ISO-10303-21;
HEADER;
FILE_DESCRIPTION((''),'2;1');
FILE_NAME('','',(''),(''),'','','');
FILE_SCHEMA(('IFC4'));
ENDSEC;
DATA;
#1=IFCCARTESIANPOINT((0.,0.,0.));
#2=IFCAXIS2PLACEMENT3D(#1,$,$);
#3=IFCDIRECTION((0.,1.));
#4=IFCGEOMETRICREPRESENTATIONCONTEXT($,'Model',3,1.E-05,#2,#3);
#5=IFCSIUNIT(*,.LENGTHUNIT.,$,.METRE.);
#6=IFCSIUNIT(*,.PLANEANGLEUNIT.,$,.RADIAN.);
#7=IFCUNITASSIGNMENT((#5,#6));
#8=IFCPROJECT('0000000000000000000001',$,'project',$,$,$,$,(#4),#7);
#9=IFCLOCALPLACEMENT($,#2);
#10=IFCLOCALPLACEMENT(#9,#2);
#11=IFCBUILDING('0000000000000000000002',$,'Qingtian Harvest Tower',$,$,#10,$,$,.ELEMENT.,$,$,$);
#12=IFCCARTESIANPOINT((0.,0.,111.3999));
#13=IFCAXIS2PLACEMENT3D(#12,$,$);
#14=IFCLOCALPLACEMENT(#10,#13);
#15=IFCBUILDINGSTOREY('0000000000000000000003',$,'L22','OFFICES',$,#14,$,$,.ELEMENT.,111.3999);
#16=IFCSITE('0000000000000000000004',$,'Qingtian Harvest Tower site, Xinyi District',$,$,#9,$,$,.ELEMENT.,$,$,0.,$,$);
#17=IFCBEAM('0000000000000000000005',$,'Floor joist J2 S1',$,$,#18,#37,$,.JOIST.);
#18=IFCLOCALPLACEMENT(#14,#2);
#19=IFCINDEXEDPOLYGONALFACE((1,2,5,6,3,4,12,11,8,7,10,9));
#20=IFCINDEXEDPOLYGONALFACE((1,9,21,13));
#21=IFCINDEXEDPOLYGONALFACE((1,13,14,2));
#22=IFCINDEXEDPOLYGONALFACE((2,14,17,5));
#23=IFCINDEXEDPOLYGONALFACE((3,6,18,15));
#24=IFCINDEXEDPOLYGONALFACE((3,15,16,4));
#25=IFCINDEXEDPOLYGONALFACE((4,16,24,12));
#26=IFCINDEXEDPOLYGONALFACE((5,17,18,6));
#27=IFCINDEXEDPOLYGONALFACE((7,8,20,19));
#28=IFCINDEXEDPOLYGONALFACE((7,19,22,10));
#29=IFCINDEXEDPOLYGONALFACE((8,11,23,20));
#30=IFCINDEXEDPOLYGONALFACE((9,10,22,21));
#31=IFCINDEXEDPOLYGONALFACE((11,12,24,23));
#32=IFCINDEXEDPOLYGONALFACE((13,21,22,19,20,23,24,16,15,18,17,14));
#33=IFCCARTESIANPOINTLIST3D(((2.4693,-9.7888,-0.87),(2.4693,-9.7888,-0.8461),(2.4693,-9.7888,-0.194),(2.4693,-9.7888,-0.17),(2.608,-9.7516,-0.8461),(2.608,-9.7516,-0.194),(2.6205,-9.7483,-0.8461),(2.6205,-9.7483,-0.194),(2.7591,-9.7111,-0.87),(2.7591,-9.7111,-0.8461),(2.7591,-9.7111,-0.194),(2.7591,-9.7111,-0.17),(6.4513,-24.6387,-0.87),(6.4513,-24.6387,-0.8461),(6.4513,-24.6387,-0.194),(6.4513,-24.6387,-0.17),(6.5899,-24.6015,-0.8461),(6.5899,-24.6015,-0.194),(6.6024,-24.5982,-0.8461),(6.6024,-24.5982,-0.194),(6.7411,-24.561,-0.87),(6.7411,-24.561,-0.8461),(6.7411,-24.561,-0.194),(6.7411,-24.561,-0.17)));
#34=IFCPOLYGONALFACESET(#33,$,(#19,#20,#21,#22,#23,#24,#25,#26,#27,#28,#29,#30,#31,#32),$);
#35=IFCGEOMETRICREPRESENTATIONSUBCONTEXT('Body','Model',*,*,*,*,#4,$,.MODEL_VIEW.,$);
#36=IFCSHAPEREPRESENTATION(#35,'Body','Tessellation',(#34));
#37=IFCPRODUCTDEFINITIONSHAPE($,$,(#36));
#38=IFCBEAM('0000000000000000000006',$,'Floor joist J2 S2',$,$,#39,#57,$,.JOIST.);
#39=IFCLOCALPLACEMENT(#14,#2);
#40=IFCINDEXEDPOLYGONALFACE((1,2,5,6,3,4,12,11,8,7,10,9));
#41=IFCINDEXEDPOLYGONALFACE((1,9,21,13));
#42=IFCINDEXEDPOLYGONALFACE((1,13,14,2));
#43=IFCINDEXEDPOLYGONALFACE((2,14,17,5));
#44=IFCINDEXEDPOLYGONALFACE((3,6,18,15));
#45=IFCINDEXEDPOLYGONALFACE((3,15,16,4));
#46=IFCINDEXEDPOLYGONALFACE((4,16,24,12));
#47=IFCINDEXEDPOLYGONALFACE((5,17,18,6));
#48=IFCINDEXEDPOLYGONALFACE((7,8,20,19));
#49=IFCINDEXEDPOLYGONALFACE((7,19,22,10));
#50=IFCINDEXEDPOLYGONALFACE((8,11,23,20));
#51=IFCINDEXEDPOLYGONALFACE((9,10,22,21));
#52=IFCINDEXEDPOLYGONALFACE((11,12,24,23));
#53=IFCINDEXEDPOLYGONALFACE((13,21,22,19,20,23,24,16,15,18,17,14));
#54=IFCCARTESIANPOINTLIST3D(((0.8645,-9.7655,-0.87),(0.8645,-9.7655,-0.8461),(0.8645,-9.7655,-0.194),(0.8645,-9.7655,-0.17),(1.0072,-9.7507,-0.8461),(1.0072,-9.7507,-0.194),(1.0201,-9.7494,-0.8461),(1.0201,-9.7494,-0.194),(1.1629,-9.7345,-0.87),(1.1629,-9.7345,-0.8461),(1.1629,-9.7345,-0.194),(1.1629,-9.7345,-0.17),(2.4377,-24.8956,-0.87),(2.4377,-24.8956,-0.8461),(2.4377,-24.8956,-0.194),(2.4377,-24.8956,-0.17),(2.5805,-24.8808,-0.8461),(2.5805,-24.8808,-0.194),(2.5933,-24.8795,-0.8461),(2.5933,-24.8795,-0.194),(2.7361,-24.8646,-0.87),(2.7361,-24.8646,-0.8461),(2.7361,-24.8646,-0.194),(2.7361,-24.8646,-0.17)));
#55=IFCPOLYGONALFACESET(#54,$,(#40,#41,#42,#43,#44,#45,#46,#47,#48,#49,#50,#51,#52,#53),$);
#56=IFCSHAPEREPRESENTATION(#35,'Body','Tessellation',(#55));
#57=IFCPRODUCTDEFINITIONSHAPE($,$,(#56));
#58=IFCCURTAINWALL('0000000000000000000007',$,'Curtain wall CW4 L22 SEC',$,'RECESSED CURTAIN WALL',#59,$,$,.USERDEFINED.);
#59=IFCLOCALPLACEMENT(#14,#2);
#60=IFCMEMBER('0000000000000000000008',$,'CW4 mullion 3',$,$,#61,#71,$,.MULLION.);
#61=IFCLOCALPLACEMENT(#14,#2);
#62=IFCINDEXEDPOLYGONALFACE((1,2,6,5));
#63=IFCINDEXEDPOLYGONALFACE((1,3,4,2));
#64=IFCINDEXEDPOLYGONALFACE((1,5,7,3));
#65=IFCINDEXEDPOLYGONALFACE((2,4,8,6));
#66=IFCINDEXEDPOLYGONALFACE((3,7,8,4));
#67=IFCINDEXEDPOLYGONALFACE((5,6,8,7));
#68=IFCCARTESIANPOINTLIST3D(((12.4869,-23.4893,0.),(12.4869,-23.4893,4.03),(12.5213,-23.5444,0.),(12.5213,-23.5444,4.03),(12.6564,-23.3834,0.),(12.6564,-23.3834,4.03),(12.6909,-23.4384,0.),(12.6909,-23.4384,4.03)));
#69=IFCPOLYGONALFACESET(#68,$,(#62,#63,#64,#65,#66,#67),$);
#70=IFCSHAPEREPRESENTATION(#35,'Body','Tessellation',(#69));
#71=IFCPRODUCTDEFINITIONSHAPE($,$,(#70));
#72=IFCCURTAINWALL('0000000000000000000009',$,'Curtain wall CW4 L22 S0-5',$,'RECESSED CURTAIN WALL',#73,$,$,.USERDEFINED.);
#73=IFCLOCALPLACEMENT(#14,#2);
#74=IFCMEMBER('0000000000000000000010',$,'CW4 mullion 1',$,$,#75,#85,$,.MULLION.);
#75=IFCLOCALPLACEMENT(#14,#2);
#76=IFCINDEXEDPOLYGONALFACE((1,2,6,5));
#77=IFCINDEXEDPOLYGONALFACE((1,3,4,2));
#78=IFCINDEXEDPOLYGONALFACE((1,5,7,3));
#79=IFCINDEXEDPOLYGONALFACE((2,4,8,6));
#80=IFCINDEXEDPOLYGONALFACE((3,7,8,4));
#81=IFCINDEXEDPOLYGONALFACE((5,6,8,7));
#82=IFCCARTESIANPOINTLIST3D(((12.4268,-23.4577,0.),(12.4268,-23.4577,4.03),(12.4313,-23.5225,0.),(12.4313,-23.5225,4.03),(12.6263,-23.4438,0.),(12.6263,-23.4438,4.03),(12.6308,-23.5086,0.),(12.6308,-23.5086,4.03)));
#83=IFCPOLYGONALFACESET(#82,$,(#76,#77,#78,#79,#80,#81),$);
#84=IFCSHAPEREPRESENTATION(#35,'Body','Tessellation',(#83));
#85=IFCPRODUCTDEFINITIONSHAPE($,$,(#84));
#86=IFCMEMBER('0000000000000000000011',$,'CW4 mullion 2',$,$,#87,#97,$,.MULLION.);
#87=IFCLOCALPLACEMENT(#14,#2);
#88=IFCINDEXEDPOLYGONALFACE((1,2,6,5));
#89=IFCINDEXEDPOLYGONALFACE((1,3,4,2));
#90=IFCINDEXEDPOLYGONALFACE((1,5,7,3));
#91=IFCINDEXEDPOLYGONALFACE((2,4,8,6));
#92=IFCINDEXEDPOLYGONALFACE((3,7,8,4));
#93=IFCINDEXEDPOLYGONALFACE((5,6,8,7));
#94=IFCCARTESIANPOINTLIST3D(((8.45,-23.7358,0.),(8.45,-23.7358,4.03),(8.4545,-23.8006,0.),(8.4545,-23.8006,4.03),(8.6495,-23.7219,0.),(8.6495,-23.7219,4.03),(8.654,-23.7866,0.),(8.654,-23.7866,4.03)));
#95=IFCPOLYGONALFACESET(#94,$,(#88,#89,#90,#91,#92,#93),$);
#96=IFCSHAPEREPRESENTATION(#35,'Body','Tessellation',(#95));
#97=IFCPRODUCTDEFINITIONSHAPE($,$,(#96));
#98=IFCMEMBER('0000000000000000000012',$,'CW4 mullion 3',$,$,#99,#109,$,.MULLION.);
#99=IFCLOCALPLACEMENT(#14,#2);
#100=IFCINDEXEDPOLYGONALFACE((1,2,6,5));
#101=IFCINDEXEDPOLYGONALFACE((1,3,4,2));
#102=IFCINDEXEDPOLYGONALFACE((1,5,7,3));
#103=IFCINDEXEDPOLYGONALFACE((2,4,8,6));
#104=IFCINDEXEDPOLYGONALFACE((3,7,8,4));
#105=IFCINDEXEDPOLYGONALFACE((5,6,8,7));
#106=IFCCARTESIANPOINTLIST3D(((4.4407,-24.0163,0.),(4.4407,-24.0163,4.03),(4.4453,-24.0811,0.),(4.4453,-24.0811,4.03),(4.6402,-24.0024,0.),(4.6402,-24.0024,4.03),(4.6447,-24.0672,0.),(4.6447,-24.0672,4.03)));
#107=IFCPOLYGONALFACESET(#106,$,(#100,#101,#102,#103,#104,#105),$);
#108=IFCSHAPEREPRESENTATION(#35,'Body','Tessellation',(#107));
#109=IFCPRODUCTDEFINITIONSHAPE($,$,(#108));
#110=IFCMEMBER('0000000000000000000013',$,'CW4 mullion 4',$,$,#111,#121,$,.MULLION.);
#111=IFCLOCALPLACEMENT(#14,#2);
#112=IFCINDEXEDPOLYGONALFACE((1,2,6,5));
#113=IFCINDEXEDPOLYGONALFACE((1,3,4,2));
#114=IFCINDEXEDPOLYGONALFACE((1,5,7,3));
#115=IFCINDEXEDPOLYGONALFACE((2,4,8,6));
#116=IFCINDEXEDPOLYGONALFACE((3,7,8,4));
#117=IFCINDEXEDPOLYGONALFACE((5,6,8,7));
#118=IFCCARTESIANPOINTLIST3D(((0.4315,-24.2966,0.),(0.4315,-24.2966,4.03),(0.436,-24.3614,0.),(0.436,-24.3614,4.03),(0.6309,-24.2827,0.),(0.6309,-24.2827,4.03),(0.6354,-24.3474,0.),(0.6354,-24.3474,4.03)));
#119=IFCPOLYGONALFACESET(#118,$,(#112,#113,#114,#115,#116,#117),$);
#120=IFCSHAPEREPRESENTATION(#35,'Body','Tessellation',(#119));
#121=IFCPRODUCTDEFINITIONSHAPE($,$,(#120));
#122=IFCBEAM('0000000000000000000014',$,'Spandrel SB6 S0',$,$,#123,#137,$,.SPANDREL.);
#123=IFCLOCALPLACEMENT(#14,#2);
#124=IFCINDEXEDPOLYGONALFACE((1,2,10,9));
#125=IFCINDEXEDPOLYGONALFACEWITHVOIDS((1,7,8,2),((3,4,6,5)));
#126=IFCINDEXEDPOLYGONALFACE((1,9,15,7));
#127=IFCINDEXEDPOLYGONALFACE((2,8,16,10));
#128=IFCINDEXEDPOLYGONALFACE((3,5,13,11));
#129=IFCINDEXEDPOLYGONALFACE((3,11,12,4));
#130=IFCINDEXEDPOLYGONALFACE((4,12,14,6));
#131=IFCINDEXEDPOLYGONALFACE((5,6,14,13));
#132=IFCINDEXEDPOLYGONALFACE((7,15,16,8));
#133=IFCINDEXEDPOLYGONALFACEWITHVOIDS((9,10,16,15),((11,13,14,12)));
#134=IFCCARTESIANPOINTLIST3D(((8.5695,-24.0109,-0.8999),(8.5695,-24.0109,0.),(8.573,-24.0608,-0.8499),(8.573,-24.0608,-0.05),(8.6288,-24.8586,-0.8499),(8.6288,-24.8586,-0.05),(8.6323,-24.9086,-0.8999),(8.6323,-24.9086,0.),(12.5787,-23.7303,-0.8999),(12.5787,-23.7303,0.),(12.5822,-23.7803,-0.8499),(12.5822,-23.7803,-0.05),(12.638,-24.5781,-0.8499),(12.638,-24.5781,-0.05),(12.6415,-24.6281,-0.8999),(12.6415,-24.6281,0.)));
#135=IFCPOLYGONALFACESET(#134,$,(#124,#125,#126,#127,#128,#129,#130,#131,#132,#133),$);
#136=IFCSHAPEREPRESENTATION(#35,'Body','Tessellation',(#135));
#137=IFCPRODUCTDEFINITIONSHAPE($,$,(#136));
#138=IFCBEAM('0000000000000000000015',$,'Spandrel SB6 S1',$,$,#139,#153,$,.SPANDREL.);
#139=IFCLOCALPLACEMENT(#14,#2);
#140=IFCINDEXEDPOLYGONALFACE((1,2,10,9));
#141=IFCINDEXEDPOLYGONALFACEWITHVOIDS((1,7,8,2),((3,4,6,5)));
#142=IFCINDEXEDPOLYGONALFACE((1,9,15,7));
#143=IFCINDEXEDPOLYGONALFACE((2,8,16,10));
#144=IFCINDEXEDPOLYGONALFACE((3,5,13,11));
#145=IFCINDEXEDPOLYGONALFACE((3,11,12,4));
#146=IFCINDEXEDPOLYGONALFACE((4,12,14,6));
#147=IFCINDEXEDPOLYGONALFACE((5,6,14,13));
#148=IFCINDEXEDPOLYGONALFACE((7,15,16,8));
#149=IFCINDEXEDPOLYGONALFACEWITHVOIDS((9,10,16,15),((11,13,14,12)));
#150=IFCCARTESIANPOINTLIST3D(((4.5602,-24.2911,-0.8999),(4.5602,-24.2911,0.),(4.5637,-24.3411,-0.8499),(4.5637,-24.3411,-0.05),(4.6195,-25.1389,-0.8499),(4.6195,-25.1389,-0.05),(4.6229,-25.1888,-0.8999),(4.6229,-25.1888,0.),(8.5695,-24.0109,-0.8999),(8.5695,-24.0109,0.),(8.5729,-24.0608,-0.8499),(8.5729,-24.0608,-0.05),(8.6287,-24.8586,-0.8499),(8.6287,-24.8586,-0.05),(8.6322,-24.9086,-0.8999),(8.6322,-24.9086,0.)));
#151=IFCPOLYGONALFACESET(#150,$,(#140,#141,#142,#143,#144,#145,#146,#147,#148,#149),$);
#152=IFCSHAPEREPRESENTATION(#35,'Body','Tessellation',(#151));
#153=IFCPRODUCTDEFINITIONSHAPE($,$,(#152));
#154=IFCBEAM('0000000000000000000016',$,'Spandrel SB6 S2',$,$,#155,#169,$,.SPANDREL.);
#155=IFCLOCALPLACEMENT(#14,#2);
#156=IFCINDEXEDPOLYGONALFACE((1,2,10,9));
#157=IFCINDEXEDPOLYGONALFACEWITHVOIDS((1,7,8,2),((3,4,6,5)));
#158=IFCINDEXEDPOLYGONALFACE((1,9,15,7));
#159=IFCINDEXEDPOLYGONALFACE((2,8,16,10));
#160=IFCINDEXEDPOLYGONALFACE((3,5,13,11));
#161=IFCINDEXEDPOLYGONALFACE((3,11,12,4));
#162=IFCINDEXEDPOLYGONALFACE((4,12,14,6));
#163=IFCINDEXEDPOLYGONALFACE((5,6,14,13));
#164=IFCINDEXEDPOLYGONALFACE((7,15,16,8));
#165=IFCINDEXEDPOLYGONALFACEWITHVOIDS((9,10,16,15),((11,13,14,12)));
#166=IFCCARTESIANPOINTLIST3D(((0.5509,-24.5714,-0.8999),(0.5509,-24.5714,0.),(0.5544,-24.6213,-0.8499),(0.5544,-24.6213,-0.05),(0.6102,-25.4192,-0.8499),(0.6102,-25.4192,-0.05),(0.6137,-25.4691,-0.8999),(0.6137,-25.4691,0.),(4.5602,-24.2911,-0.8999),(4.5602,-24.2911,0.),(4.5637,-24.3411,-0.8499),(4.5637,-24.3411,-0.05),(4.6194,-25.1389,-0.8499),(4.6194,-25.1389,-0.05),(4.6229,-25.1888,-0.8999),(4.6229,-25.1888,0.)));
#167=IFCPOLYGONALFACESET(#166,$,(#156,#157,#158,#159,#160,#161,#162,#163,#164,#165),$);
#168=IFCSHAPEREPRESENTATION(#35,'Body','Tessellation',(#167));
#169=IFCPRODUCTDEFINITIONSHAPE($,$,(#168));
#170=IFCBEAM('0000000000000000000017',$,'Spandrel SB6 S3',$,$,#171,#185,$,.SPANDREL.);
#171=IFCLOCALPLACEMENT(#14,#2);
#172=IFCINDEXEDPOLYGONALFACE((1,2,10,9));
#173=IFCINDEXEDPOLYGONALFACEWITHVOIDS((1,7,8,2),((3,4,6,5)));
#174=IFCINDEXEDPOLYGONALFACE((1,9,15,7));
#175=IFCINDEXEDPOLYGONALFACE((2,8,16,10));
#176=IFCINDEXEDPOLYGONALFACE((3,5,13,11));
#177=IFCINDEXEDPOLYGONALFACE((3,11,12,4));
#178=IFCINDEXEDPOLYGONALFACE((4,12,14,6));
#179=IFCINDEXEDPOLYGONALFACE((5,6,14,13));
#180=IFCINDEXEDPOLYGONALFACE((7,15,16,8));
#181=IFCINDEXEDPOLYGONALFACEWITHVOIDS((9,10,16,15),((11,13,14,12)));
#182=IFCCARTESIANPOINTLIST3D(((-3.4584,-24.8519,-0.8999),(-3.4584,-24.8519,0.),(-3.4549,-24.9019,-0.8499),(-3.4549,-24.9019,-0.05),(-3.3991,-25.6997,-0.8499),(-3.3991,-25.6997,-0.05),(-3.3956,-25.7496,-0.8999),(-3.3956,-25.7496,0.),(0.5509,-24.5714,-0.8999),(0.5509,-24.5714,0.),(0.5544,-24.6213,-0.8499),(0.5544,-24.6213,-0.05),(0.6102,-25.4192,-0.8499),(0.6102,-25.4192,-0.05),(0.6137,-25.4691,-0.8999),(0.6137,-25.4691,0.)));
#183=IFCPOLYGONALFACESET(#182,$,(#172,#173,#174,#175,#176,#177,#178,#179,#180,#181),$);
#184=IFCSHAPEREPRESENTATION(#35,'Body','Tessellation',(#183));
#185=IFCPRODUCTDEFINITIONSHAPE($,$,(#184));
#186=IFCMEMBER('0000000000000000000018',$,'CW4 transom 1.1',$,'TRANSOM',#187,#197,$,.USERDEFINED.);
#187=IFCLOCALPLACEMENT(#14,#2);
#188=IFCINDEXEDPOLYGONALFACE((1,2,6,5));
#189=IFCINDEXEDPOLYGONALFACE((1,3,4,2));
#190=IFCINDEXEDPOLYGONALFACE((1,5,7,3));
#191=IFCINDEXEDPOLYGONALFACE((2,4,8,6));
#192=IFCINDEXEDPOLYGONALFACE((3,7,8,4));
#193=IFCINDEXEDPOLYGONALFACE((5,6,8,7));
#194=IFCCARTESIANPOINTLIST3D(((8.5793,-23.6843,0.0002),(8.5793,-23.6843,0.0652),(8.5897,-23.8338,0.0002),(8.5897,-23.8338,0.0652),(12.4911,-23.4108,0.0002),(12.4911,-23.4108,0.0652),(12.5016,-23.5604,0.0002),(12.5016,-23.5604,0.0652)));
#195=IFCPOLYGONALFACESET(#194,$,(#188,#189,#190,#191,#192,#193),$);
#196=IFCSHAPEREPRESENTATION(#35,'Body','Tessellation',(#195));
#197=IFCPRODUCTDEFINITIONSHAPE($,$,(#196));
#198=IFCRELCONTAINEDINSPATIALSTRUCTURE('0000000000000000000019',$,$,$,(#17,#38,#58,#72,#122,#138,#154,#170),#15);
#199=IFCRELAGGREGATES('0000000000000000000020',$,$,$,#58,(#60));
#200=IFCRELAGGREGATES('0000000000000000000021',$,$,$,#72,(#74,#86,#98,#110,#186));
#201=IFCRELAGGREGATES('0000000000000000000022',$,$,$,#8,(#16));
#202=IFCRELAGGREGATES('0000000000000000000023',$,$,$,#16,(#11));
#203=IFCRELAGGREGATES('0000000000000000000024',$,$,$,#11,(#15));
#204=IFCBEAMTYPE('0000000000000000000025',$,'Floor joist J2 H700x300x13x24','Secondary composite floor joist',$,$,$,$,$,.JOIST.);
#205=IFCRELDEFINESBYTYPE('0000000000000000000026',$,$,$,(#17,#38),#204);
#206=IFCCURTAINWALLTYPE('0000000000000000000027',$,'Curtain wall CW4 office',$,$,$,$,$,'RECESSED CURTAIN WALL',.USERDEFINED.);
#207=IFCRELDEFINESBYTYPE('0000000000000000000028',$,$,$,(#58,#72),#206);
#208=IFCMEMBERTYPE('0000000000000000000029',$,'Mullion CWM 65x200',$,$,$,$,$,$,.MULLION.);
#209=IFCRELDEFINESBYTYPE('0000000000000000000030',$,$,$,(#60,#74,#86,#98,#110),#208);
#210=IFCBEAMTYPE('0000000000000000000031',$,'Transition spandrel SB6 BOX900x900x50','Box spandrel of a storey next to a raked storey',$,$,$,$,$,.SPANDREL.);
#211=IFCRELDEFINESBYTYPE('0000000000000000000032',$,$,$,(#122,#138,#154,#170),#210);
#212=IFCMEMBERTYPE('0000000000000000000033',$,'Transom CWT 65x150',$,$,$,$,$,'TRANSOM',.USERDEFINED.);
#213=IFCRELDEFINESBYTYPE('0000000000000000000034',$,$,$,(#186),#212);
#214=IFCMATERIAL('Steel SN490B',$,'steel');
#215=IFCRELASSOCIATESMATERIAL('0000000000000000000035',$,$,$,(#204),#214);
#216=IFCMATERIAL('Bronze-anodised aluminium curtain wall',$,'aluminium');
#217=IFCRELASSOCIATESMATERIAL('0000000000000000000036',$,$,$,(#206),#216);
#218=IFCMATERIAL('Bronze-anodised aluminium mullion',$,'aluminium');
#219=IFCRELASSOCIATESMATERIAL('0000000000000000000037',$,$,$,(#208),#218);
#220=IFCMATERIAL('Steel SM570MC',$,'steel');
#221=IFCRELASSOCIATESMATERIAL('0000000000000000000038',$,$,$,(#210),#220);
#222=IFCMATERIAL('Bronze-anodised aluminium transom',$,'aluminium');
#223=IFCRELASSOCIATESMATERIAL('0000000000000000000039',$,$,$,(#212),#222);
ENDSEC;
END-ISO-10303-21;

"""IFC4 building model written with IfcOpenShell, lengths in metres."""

from ifc_helpers import new_model, si_unit, direction, frame, origin, origin_2d, place, context, subcontext, project, spatial, rectangle, hollow_rectangle, i_section, extrude, material, material_profile, profile_set, type_object, element, aggregate, save


model = new_model("IFC4")

# Units and contexts
model_context = context("Model", 3, precision=1e-05, world=origin(), true_north=direction((0.0, 1.0)))
body_context = subcontext(model_context, "Body", "Model", "MODEL_VIEW")
ifc_project = project(units=[si_unit("LENGTHUNIT", "METRE"), si_unit("PLANEANGLEUNIT", "RADIAN")], contexts=[model_context])

# Site, building, storey
site_placement = place(None, origin())
site = spatial("IfcSite", under=ifc_project, at=site_placement, Name="Qingtian Harvest Tower site, Xinyi District", CompositionType="ELEMENT", RefElevation=0.0)
building_placement = place(site_placement, origin())
building = spatial("IfcBuilding", under=site, at=building_placement, Name="Qingtian Harvest Tower", CompositionType="ELEMENT")
storey_placement = place(building_placement, frame((0.0, 0.0, 111.3999)))
storey = spatial("IfcBuildingStorey", under=building, at=storey_placement, Name="L22", Description="OFFICES", CompositionType="ELEMENT", Elevation=111.3999)

# Beams
ifc_material_1 = material(Name="Steel SN490B", Category="steel")
ifc_material_profile_1 = material_profile(ifc_material_1, i_section(OverallWidth=0.3, OverallDepth=0.7, WebThickness=0.0129, FlangeThickness=0.0239, at=origin_2d()), Name="H700x300x13x24")
ifc_profile_set_1 = profile_set([ifc_material_profile_1], Name="Steel SN490B")
beam_type_1 = type_object("IfcBeamType", Name="Floor joist J2 H700x300x13x24", Description="Secondary composite floor joist", PredefinedType="JOIST", material=ifc_profile_set_1)
beam_1_placement = place(storey_placement, frame((6.5962, -24.5999, -0.52), z_axis=(-0.258997, 0.965878, 0.0), x_axis=(-0.965878, -0.258997, 0.0)))
element("IfcBeam", 1, at=beam_1_placement, inside=storey, type_object=beam_type_1, Name="Floor joist J2 S1", PredefinedType="JOIST", context=body_context, shape_type="SweptSolid", body=[
    extrude(i_section(OverallWidth=0.3, OverallDepth=0.7, WebThickness=0.0129, FlangeThickness=0.0239, at=origin_2d()), origin(), (0.0, 0.0, 1.0), 15.3745),
])
beam_2_placement = place(storey_placement, frame((2.5869, -24.8801, -0.52), z_axis=(-0.103423, 0.994637, 0.0), x_axis=(-0.994637, -0.103423, 0.0)))
element("IfcBeam", 2, at=beam_2_placement, inside=storey, type_object=beam_type_1, Name="Floor joist J2 S2", PredefinedType="JOIST", context=body_context, shape_type="SweptSolid", body=[
    extrude(i_section(OverallWidth=0.3, OverallDepth=0.7, WebThickness=0.0129, FlangeThickness=0.0239, at=origin_2d()), origin(), (0.0, 0.0, 1.0), 15.2117),
])

# Curtain wall, member
ifc_material_2 = material(Name="Bronze-anodised aluminium curtain wall", Category="aluminium")
curtain_wall_type = type_object("IfcCurtainWallType", Name="Curtain wall CW4 office", ElementType="RECESSED CURTAIN WALL", PredefinedType="USERDEFINED", material=ifc_material_2)
curtain_wall_1_placement = place(storey_placement, origin())
curtain_wall_1 = element("IfcCurtainWall", 3, at=curtain_wall_1_placement, inside=storey, type_object=curtain_wall_type, Name="Curtain wall CW4 L22 SEC", ObjectType="RECESSED CURTAIN WALL", PredefinedType="USERDEFINED")
ifc_material_3 = material(Name="Bronze-anodised aluminium mullion", Category="aluminium")
ifc_material_profile_2 = material_profile(ifc_material_3, rectangle(XDim=0.0649, YDim=0.2, at=origin_2d()), Name="AL 65x200")
ifc_profile_set_2 = profile_set([ifc_material_profile_2], Name="Bronze-anodised aluminium mullion")
member_type_1 = type_object("IfcMemberType", Name="Mullion CWM 65x200", PredefinedType="MULLION", material=ifc_profile_set_2)
member_1_placement = place(storey_placement, frame((12.5889, -23.4639, 0.0), z_axis=(0.0, 0.0, 1.0), x_axis=(0.529919, -0.848048, 0.0)))
member_1 = element("IfcMember", 4, at=member_1_placement, type_object=member_type_1, Name="CW4 mullion 3", PredefinedType="MULLION", context=body_context, shape_type="SweptSolid", body=[
    extrude(rectangle(XDim=0.0649, YDim=0.2, at=origin_2d()), origin(), (0.0, 0.0, 1.0), 4.03),
])
aggregate(curtain_wall_1, [member_1])

# Curtain wall, members
curtain_wall_2_placement = place(storey_placement, origin())
curtain_wall_2 = element("IfcCurtainWall", 5, at=curtain_wall_2_placement, inside=storey, type_object=curtain_wall_type, Name="Curtain wall CW4 L22 S0-5", ObjectType="RECESSED CURTAIN WALL", PredefinedType="USERDEFINED")
member_2_placement = place(storey_placement, frame((12.5288, -23.4832, 0.0), z_axis=(0.0, 0.0, 1.0), x_axis=(0.069756, -0.997564, 0.0)))
member_2 = element("IfcMember", 6, at=member_2_placement, type_object=member_type_1, Name="CW4 mullion 1", PredefinedType="MULLION", context=body_context, shape_type="SweptSolid", body=[
    extrude(rectangle(XDim=0.0649, YDim=0.2, at=origin_2d()), origin(), (0.0, 0.0, 1.0), 4.03),
])
member_3_placement = place(storey_placement, frame((8.552, -23.7612, 0.0), z_axis=(0.0, 0.0, 1.0), x_axis=(0.069756, -0.997564, 0.0)))
member_3 = element("IfcMember", 7, at=member_3_placement, type_object=member_type_1, Name="CW4 mullion 2", PredefinedType="MULLION", context=body_context, shape_type="SweptSolid", body=[
    extrude(rectangle(XDim=0.0649, YDim=0.2, at=origin_2d()), origin(), (0.0, 0.0, 1.0), 4.03),
])
member_4_placement = place(storey_placement, frame((4.5427, -24.0417, 0.0), z_axis=(0.0, 0.0, 1.0), x_axis=(0.069756, -0.997564, 0.0)))
member_4 = element("IfcMember", 8, at=member_4_placement, type_object=member_type_1, Name="CW4 mullion 3", PredefinedType="MULLION", context=body_context, shape_type="SweptSolid", body=[
    extrude(rectangle(XDim=0.0649, YDim=0.2, at=origin_2d()), origin(), (0.0, 0.0, 1.0), 4.03),
])
member_5_placement = place(storey_placement, frame((0.5334, -24.322, 0.0), z_axis=(0.0, 0.0, 1.0), x_axis=(0.069756, -0.997564, 0.0)))
member_5 = element("IfcMember", 9, at=member_5_placement, type_object=member_type_1, Name="CW4 mullion 4", PredefinedType="MULLION", context=body_context, shape_type="SweptSolid", body=[
    extrude(rectangle(XDim=0.0649, YDim=0.2, at=origin_2d()), origin(), (0.0, 0.0, 1.0), 4.03),
])

# Beams
ifc_material_4 = material(Name="Steel SM570MC", Category="steel")
ifc_material_profile_3 = material_profile(ifc_material_4, hollow_rectangle(XDim=0.8999, YDim=0.8999, WallThickness=0.05, at=origin_2d()), Name="BOX900x900x50")
ifc_profile_set_3 = profile_set([ifc_material_profile_3], Name="Steel SM570MC")
beam_type_2 = type_object("IfcBeamType", Name="Transition spandrel SB6 BOX900x900x50", Description="Box spandrel of a storey next to a raked storey", PredefinedType="SPANDREL", material=ifc_profile_set_3)
for number, where, z_axis, x_axis, name in (
    (10, (12.6101, -24.1792, -0.45), (-0.997561, -0.069796, 0.0), (0.069796, -0.997561, 0.0), "Spandrel SB6 S0"),
    (11, (8.6008, -24.4597, -0.45), (-0.997565, -0.069736, 0.0), (0.069736, -0.997565, 0.0), "Spandrel SB6 S1"),
    (12, (4.5916, -24.74, -0.45), (-0.997565, -0.069736, 0.0), (0.069736, -0.997565, 0.0), "Spandrel SB6 S2"),
    (13, (0.5823, -25.0203, -0.45), (-0.997561, -0.069796, 0.0), (0.069796, -0.997561, 0.0), "Spandrel SB6 S3"),
):
    element("IfcBeam", number, at=place(storey_placement, frame(where, z_axis=z_axis, x_axis=x_axis)), inside=storey, type_object=beam_type_2, Name=name, PredefinedType="SPANDREL", context=body_context, shape_type="SweptSolid", body=[
        extrude(hollow_rectangle(XDim=0.8999, YDim=0.8999, WallThickness=0.05, at=origin_2d()), origin(), (0.0, 0.0, 1.0), 4.019),
    ])

# Member
ifc_material_5 = material(Name="Bronze-anodised aluminium transom", Category="aluminium")
ifc_material_profile_4 = material_profile(ifc_material_5, rectangle(XDim=0.1499, YDim=0.0649, at=origin_2d()), Name="AL 65x150")
ifc_profile_set_4 = profile_set([ifc_material_profile_4], Name="Bronze-anodised aluminium transom")
member_type_2 = type_object("IfcMemberType", Name="Transom CWT 65x150", ElementType="TRANSOM", PredefinedType="USERDEFINED", material=ifc_profile_set_4)
member_6_placement = place(storey_placement, frame((12.4963, -23.4856, 0.0327), z_axis=(-0.997566, -0.069729, 0.0), x_axis=(0.069729, -0.997566, 0.0)))
member_6 = element("IfcMember", 14, at=member_6_placement, type_object=member_type_2, Name="CW4 transom 1.1", ObjectType="TRANSOM", PredefinedType="USERDEFINED", context=body_context, shape_type="SweptSolid", body=[
    extrude(rectangle(XDim=0.1499, YDim=0.0649, at=origin_2d()), origin(), (0.0, 0.0, 1.0), 3.9214),
])

aggregate(curtain_wall_2, [member_2, member_3, member_4, member_5, member_6])

save(model, "model.ifc")
